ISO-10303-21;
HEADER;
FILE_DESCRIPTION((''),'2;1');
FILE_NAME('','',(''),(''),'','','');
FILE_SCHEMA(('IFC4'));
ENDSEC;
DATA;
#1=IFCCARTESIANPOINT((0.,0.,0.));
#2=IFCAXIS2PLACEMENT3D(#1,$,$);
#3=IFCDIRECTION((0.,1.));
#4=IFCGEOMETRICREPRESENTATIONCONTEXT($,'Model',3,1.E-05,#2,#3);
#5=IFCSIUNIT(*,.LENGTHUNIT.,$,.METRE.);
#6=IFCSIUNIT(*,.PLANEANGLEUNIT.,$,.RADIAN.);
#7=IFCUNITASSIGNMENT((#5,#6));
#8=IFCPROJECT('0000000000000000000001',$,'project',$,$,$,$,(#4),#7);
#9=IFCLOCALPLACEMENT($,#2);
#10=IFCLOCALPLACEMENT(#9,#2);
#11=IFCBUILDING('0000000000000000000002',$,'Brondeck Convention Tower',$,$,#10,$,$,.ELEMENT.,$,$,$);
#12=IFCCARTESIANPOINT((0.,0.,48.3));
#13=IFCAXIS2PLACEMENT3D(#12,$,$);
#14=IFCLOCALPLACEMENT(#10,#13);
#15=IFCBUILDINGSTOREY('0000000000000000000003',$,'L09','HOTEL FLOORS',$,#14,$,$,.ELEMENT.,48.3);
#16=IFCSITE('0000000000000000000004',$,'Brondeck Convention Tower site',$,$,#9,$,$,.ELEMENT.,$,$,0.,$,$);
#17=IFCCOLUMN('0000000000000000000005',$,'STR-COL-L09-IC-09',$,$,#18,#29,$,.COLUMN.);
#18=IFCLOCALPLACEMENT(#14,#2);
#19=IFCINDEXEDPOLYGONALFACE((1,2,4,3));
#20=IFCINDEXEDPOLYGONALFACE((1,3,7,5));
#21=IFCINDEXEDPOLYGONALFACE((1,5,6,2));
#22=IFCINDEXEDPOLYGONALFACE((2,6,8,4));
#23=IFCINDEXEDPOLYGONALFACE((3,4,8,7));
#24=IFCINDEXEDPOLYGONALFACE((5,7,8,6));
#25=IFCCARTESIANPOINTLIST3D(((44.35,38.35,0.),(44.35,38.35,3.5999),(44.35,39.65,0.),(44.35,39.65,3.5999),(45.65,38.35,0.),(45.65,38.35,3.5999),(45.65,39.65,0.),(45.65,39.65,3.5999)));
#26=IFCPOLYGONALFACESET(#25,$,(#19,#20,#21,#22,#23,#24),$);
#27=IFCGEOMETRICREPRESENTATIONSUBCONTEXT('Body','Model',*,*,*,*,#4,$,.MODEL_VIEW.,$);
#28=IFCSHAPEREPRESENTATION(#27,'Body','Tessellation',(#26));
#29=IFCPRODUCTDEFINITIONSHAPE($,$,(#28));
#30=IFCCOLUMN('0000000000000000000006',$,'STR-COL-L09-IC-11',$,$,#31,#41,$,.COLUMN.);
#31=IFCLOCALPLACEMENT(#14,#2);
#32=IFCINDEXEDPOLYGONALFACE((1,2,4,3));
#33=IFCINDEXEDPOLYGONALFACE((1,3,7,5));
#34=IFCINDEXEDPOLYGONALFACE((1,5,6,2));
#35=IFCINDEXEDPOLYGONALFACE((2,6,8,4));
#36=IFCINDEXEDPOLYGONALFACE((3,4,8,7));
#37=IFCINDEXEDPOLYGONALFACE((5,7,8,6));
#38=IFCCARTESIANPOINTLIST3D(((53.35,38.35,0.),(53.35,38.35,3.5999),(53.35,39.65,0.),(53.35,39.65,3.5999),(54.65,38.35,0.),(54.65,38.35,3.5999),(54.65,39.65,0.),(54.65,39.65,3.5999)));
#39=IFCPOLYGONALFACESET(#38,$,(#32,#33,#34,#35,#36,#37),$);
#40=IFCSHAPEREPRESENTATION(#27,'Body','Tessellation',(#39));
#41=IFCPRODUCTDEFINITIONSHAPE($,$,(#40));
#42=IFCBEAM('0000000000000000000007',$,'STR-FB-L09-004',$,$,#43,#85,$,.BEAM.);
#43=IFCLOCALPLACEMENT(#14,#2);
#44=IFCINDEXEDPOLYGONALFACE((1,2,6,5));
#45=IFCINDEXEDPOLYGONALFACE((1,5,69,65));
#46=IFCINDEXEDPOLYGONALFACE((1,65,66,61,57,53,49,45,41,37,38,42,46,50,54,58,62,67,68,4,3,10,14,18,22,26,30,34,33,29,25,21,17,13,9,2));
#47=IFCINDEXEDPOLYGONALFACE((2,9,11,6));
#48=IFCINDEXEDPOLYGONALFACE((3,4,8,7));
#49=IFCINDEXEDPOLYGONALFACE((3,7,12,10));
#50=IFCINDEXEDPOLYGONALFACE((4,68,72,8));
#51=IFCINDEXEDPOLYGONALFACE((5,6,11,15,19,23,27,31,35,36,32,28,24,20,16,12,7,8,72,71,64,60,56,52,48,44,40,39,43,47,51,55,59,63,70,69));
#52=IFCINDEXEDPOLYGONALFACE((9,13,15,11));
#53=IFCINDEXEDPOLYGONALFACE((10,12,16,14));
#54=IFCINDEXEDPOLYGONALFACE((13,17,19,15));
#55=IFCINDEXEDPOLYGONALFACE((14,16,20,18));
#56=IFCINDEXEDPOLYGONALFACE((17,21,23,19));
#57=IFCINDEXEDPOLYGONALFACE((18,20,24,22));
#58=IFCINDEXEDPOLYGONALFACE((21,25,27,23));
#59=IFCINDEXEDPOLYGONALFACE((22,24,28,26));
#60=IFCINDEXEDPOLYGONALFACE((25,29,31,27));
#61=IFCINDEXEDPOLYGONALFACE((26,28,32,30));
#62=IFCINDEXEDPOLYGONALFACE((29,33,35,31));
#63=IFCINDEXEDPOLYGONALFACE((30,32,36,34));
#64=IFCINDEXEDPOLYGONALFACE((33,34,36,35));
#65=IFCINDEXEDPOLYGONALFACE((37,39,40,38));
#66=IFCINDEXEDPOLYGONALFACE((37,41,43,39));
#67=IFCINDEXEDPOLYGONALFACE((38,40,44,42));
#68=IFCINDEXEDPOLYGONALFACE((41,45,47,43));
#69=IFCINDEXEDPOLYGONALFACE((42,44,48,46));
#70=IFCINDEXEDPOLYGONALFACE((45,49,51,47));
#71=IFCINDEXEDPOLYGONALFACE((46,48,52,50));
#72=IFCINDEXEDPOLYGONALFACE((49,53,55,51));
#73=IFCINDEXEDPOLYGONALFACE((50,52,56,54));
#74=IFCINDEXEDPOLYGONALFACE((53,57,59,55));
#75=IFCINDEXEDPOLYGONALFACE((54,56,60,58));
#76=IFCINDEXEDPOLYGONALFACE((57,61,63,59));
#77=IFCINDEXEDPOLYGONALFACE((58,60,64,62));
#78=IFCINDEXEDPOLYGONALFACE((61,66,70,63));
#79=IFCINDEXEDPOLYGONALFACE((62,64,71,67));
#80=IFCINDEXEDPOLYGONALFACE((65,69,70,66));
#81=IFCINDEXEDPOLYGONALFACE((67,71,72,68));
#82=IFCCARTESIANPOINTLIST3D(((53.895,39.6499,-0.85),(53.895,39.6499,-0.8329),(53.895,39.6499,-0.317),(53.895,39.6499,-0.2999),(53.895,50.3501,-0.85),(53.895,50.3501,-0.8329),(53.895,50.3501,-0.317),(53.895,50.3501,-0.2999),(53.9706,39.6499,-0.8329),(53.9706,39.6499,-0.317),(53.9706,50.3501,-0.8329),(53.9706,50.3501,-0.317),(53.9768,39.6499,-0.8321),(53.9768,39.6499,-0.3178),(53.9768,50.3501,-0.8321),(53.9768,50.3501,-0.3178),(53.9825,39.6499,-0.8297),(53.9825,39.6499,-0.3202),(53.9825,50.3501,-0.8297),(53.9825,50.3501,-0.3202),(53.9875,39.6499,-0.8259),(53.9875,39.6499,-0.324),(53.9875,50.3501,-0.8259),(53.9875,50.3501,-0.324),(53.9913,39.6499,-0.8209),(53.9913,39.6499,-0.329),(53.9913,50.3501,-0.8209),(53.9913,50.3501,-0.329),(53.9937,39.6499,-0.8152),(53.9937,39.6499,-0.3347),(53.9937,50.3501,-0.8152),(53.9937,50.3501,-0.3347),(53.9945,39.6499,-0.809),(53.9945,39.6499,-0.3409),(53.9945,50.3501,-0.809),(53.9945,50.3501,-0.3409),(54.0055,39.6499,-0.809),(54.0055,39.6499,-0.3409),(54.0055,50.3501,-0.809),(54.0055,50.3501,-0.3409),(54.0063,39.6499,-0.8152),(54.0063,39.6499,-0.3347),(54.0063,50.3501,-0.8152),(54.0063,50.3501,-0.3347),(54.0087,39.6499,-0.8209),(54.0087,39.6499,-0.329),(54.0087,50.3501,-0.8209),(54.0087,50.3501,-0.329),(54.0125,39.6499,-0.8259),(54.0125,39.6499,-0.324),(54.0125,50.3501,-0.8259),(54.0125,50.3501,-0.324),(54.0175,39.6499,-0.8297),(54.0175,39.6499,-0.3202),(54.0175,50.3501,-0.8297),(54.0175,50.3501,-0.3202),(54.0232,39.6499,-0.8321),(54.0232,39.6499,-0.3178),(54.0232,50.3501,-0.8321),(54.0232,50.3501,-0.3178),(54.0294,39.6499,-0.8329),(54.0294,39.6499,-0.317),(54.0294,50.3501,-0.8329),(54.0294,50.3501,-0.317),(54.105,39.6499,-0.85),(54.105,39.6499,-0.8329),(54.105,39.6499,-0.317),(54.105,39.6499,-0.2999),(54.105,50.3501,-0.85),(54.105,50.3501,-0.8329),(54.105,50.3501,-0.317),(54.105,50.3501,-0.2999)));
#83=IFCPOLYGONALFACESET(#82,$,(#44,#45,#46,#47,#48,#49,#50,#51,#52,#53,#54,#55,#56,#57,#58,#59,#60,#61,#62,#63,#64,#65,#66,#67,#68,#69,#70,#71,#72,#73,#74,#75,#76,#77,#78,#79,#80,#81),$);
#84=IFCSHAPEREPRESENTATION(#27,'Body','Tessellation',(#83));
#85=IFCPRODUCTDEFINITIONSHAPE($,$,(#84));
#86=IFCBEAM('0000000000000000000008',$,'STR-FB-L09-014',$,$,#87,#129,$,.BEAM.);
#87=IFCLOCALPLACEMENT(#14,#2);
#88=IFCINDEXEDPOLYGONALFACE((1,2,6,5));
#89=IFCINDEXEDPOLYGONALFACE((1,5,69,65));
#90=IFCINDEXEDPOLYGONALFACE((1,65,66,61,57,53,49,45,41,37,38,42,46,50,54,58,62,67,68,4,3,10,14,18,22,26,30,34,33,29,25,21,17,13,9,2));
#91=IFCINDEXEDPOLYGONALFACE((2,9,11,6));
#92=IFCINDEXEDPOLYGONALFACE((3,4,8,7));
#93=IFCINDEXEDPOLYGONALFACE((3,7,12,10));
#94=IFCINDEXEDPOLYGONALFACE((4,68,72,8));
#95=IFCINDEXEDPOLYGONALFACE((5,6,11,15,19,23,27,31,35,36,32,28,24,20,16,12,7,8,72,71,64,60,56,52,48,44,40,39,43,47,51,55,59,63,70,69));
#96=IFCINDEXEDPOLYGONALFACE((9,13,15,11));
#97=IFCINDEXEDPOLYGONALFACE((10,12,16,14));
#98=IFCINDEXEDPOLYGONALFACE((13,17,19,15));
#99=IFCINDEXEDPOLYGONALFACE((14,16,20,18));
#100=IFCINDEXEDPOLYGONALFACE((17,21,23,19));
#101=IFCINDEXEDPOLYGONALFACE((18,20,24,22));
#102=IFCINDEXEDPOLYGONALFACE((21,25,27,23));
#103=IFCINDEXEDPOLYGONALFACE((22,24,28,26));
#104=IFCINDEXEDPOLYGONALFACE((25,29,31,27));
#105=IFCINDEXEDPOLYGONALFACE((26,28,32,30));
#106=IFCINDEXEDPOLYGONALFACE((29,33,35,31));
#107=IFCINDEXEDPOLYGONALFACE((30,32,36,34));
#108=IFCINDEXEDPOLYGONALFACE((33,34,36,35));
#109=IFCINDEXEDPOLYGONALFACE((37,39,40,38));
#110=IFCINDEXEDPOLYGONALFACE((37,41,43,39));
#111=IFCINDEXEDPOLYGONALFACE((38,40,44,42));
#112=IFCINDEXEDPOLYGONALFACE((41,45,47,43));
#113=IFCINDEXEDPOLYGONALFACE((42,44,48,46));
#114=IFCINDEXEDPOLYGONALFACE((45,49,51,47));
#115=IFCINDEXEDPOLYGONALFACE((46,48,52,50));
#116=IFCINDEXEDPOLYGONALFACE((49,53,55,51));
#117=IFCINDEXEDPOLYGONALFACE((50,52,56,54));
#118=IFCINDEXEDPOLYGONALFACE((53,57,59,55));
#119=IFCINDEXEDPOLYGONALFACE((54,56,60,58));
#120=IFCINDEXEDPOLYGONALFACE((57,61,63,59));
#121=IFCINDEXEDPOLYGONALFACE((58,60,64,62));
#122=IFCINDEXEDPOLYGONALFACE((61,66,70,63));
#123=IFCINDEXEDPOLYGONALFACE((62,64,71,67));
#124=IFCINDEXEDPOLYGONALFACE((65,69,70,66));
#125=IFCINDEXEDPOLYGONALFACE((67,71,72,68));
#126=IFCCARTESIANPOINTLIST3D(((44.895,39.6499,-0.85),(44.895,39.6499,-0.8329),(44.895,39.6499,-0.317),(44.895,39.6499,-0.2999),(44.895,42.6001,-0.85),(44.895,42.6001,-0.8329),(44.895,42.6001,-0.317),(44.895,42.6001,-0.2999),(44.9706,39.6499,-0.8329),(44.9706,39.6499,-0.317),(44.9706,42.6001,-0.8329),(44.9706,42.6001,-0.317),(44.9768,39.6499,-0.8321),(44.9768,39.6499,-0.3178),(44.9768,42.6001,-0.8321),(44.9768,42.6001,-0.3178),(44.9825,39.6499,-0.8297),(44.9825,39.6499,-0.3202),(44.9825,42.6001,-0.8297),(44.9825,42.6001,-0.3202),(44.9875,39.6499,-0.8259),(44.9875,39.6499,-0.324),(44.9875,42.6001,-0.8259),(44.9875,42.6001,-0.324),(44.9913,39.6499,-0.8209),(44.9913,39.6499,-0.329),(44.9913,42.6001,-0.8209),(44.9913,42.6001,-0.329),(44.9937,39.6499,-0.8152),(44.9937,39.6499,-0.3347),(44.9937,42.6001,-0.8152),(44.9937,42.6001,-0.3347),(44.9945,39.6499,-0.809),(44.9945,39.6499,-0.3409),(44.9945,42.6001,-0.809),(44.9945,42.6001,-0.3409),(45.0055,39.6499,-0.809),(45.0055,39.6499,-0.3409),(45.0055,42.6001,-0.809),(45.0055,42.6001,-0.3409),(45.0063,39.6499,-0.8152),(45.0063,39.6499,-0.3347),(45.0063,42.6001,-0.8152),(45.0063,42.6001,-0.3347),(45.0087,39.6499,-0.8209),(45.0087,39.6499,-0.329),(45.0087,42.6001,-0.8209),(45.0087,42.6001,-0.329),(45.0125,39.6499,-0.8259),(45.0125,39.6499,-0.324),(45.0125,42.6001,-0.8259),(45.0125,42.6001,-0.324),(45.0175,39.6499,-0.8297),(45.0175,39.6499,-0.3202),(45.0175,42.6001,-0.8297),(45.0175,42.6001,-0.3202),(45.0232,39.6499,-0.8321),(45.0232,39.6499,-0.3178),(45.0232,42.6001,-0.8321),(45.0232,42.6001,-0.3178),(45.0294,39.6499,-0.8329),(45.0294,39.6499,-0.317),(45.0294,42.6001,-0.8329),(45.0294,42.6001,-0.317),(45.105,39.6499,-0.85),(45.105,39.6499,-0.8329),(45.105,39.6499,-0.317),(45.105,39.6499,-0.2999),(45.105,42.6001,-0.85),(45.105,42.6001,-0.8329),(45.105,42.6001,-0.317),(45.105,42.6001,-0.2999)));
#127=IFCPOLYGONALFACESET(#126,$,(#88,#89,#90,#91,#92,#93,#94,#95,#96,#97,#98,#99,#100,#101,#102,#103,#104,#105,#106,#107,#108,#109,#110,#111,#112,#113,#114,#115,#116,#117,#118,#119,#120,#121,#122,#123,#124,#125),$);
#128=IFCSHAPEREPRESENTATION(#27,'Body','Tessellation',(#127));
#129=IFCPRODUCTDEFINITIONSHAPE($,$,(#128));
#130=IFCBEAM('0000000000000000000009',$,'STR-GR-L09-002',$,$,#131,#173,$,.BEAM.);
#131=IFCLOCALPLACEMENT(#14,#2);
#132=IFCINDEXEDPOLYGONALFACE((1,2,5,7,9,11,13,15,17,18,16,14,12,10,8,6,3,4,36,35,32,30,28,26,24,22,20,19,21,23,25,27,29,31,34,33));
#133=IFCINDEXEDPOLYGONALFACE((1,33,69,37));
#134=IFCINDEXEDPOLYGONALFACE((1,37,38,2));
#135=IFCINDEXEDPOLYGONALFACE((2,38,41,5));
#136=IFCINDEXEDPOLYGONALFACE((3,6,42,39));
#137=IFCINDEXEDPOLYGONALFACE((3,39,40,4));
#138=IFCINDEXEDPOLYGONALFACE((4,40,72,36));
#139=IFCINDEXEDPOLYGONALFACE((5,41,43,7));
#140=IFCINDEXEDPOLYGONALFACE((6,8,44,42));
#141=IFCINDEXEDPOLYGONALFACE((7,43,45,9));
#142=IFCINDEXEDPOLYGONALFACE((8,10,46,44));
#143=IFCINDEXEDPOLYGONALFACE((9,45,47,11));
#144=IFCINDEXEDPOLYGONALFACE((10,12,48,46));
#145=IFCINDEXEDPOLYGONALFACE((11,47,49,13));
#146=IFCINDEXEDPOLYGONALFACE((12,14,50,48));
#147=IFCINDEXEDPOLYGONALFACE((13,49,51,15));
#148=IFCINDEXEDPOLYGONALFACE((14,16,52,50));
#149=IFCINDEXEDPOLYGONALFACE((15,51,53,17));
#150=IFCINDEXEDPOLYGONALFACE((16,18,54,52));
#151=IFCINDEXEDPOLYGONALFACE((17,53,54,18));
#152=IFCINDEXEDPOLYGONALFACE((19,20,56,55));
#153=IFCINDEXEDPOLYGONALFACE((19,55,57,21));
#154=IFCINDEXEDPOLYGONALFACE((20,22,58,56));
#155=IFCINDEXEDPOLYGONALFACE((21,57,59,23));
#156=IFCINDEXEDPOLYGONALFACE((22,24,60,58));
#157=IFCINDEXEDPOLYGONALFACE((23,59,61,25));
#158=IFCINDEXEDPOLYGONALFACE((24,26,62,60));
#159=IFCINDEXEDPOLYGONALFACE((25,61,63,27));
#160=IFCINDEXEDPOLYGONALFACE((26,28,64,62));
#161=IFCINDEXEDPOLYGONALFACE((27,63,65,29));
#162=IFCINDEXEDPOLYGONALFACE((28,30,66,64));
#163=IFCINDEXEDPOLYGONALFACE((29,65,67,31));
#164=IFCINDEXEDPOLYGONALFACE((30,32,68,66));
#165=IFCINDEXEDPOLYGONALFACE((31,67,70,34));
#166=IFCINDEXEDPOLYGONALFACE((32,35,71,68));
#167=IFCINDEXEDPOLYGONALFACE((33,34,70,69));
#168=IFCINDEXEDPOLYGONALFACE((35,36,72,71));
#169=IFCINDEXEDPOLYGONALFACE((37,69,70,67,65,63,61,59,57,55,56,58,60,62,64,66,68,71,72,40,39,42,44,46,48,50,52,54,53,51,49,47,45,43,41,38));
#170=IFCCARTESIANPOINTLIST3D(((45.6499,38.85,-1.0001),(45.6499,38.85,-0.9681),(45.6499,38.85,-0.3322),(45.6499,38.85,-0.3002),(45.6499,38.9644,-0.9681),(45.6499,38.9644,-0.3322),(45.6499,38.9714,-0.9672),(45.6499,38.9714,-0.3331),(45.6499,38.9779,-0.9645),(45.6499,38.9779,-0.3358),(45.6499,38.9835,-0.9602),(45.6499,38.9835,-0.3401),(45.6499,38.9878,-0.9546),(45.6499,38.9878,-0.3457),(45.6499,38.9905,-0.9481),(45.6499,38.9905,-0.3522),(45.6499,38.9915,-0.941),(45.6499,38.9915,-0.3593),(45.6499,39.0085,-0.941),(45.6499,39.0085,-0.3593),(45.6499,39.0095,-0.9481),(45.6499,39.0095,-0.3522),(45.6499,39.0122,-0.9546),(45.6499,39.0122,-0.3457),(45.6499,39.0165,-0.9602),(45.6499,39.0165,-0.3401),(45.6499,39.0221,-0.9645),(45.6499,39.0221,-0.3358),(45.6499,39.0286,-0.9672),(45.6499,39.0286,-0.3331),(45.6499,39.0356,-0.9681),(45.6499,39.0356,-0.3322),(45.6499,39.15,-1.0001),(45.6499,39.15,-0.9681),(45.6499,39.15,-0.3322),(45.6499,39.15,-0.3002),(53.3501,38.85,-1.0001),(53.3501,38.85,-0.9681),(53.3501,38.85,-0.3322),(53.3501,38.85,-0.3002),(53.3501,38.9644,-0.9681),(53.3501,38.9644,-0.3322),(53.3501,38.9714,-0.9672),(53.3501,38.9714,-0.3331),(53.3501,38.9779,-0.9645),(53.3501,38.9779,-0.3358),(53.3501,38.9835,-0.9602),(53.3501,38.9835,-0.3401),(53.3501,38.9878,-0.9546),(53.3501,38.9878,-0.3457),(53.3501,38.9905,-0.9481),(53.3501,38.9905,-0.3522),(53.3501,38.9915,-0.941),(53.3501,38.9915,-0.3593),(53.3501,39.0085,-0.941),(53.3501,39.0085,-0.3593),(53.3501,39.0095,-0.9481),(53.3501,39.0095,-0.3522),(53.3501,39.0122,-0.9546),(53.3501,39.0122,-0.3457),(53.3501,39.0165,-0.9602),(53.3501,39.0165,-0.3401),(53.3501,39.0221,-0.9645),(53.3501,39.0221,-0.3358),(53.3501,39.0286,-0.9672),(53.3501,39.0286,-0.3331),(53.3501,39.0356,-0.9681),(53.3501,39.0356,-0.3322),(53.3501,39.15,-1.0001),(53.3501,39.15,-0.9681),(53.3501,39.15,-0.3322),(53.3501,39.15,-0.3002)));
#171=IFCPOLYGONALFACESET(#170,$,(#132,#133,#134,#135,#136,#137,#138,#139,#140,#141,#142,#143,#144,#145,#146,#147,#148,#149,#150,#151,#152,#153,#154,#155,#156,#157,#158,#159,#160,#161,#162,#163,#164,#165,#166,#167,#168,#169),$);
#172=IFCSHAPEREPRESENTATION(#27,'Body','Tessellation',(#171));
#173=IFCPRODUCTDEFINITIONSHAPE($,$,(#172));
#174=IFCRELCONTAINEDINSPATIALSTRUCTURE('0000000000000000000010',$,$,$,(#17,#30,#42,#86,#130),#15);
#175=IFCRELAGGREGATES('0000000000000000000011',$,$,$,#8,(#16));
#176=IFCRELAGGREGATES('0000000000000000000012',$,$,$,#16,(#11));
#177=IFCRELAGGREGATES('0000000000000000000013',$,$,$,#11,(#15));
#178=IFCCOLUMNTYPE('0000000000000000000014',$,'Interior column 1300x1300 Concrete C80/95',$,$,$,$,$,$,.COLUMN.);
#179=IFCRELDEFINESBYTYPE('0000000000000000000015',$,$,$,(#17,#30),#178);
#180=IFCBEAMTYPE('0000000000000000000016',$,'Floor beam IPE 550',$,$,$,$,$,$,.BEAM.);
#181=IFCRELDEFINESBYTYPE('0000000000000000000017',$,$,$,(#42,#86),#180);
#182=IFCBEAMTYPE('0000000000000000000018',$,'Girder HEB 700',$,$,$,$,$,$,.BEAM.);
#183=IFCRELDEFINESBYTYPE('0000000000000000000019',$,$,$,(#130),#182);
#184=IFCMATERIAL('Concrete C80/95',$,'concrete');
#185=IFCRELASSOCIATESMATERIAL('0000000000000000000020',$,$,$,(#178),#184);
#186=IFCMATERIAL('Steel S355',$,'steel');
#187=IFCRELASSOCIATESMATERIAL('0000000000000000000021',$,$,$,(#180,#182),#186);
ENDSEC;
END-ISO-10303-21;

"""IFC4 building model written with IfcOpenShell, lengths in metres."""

from ifc_helpers import new_model, si_unit, direction, frame, origin, origin_2d, place, context, subcontext, project, spatial, rectangle, i_section, extrude, material, material_profile, profile_set, type_object, element, save


model = new_model("IFC4")

# Units and contexts
model_context = context("Model", 3, precision=1e-05, world=origin(), true_north=direction((0.0, 1.0)))
body_context = subcontext(model_context, "Body", "Model", "MODEL_VIEW")
ifc_project = project(units=[si_unit("LENGTHUNIT", "METRE"), si_unit("PLANEANGLEUNIT", "RADIAN")], contexts=[model_context])

# Site, building, storey
site_placement = place(None, origin())
site = spatial("IfcSite", under=ifc_project, at=site_placement, Name="Brondeck Convention Tower site", CompositionType="ELEMENT", RefElevation=0.0)
building_placement = place(site_placement, origin())
building = spatial("IfcBuilding", under=site, at=building_placement, Name="Brondeck Convention Tower", CompositionType="ELEMENT")
storey_placement = place(building_placement, frame((0.0, 0.0, 48.3)))
storey = spatial("IfcBuildingStorey", under=building, at=storey_placement, Name="L09", Description="HOTEL FLOORS", CompositionType="ELEMENT", Elevation=48.3)

# Columns
ifc_material_1 = material(Name="Concrete C80/95", Category="concrete")
ifc_material_profile_1 = material_profile(ifc_material_1, rectangle(XDim=1.3, YDim=1.3, at=origin_2d()), Name="Interior column 1300x1300 Concrete C80/95")
ifc_profile_set_1 = profile_set([ifc_material_profile_1], Name="Concrete C80/95")
column_type = type_object("IfcColumnType", Name="Interior column 1300x1300 Concrete C80/95", PredefinedType="COLUMN", material=ifc_profile_set_1)
for number, where, z_axis, x_axis, name in (
    (1, (45.0, 39.0, 0.0), (0.0, 0.0, 1.0), (1.0, 0.0, 0.0), "STR-COL-L09-IC-09"),
    (2, (54.0, 39.0, 0.0), (0.0, 0.0, 1.0), (1.0, 0.0, 0.0), "STR-COL-L09-IC-11"),
):
    element("IfcColumn", number, at=place(storey_placement, frame(where, z_axis=z_axis, x_axis=x_axis)), inside=storey, type_object=column_type, Name=name, PredefinedType="COLUMN", context=body_context, shape_type="SweptSolid", body=[
        extrude(rectangle(XDim=1.3, YDim=1.3, at=origin_2d()), origin(), (0.0, 0.0, 1.0), 3.5999),
    ])

# Beams
ifc_material_2 = material(Name="Steel S355", Category="steel")
ifc_material_profile_2 = material_profile(ifc_material_2, i_section(OverallWidth=0.21, OverallDepth=0.55, WebThickness=0.011, FlangeThickness=0.0171, FilletRadius=0.0239, at=origin_2d()), Name="IPE 550")
ifc_profile_set_2 = profile_set([ifc_material_profile_2], Name="Steel S355")
beam_type_1 = type_object("IfcBeamType", Name="Floor beam IPE 550", PredefinedType="BEAM", material=ifc_profile_set_2)
beam_1_placement = place(storey_placement, frame((54.0, 39.6499, -0.575), z_axis=(0.0, 1.0, 0.0), x_axis=(-1.0, 0.0, 0.0)))
element("IfcBeam", 3, at=beam_1_placement, inside=storey, type_object=beam_type_1, Name="STR-FB-L09-004", PredefinedType="BEAM", context=body_context, shape_type="SweptSolid", body=[
    extrude(i_section(OverallWidth=0.21, OverallDepth=0.55, WebThickness=0.011, FlangeThickness=0.0171, FilletRadius=0.0239, at=origin_2d()), origin(), (0.0, 0.0, 1.0), 10.7002),
])
beam_2_placement = place(storey_placement, frame((45.0, 39.6499, -0.575), z_axis=(0.0, 1.0, 0.0), x_axis=(-1.0, 0.0, 0.0)))
element("IfcBeam", 4, at=beam_2_placement, inside=storey, type_object=beam_type_1, Name="STR-FB-L09-014", PredefinedType="BEAM", context=body_context, shape_type="SweptSolid", body=[
    extrude(i_section(OverallWidth=0.21, OverallDepth=0.55, WebThickness=0.011, FlangeThickness=0.0171, FilletRadius=0.0239, at=origin_2d()), origin(), (0.0, 0.0, 1.0), 2.9502),
])
ifc_material_profile_3 = material_profile(ifc_material_2, i_section(OverallWidth=0.3, OverallDepth=0.7, WebThickness=0.0171, FlangeThickness=0.032, FilletRadius=0.0271, at=origin_2d()), Name="HEB 700")
ifc_profile_set_3 = profile_set([ifc_material_profile_3], Name="Steel S355")
beam_type_2 = type_object("IfcBeamType", Name="Girder HEB 700", PredefinedType="BEAM", material=ifc_profile_set_3)
for number, where, z_axis, x_axis, name in (
    (5, (45.6499, 39.0, -0.6501), (1.0, 0.0, 0.0), (0.0, 1.0, 0.0), "STR-GR-L09-002"),
):
    element("IfcBeam", number, at=place(storey_placement, frame(where, z_axis=z_axis, x_axis=x_axis)), inside=storey, type_object=beam_type_2, Name=name, PredefinedType="BEAM", context=body_context, shape_type="SweptSolid", body=[
        extrude(i_section(OverallWidth=0.3, OverallDepth=0.7, WebThickness=0.0171, FlangeThickness=0.032, FilletRadius=0.0271, at=origin_2d()), origin(), (0.0, 0.0, 1.0), 7.7002),
    ])

save(model, "model.ifc")
